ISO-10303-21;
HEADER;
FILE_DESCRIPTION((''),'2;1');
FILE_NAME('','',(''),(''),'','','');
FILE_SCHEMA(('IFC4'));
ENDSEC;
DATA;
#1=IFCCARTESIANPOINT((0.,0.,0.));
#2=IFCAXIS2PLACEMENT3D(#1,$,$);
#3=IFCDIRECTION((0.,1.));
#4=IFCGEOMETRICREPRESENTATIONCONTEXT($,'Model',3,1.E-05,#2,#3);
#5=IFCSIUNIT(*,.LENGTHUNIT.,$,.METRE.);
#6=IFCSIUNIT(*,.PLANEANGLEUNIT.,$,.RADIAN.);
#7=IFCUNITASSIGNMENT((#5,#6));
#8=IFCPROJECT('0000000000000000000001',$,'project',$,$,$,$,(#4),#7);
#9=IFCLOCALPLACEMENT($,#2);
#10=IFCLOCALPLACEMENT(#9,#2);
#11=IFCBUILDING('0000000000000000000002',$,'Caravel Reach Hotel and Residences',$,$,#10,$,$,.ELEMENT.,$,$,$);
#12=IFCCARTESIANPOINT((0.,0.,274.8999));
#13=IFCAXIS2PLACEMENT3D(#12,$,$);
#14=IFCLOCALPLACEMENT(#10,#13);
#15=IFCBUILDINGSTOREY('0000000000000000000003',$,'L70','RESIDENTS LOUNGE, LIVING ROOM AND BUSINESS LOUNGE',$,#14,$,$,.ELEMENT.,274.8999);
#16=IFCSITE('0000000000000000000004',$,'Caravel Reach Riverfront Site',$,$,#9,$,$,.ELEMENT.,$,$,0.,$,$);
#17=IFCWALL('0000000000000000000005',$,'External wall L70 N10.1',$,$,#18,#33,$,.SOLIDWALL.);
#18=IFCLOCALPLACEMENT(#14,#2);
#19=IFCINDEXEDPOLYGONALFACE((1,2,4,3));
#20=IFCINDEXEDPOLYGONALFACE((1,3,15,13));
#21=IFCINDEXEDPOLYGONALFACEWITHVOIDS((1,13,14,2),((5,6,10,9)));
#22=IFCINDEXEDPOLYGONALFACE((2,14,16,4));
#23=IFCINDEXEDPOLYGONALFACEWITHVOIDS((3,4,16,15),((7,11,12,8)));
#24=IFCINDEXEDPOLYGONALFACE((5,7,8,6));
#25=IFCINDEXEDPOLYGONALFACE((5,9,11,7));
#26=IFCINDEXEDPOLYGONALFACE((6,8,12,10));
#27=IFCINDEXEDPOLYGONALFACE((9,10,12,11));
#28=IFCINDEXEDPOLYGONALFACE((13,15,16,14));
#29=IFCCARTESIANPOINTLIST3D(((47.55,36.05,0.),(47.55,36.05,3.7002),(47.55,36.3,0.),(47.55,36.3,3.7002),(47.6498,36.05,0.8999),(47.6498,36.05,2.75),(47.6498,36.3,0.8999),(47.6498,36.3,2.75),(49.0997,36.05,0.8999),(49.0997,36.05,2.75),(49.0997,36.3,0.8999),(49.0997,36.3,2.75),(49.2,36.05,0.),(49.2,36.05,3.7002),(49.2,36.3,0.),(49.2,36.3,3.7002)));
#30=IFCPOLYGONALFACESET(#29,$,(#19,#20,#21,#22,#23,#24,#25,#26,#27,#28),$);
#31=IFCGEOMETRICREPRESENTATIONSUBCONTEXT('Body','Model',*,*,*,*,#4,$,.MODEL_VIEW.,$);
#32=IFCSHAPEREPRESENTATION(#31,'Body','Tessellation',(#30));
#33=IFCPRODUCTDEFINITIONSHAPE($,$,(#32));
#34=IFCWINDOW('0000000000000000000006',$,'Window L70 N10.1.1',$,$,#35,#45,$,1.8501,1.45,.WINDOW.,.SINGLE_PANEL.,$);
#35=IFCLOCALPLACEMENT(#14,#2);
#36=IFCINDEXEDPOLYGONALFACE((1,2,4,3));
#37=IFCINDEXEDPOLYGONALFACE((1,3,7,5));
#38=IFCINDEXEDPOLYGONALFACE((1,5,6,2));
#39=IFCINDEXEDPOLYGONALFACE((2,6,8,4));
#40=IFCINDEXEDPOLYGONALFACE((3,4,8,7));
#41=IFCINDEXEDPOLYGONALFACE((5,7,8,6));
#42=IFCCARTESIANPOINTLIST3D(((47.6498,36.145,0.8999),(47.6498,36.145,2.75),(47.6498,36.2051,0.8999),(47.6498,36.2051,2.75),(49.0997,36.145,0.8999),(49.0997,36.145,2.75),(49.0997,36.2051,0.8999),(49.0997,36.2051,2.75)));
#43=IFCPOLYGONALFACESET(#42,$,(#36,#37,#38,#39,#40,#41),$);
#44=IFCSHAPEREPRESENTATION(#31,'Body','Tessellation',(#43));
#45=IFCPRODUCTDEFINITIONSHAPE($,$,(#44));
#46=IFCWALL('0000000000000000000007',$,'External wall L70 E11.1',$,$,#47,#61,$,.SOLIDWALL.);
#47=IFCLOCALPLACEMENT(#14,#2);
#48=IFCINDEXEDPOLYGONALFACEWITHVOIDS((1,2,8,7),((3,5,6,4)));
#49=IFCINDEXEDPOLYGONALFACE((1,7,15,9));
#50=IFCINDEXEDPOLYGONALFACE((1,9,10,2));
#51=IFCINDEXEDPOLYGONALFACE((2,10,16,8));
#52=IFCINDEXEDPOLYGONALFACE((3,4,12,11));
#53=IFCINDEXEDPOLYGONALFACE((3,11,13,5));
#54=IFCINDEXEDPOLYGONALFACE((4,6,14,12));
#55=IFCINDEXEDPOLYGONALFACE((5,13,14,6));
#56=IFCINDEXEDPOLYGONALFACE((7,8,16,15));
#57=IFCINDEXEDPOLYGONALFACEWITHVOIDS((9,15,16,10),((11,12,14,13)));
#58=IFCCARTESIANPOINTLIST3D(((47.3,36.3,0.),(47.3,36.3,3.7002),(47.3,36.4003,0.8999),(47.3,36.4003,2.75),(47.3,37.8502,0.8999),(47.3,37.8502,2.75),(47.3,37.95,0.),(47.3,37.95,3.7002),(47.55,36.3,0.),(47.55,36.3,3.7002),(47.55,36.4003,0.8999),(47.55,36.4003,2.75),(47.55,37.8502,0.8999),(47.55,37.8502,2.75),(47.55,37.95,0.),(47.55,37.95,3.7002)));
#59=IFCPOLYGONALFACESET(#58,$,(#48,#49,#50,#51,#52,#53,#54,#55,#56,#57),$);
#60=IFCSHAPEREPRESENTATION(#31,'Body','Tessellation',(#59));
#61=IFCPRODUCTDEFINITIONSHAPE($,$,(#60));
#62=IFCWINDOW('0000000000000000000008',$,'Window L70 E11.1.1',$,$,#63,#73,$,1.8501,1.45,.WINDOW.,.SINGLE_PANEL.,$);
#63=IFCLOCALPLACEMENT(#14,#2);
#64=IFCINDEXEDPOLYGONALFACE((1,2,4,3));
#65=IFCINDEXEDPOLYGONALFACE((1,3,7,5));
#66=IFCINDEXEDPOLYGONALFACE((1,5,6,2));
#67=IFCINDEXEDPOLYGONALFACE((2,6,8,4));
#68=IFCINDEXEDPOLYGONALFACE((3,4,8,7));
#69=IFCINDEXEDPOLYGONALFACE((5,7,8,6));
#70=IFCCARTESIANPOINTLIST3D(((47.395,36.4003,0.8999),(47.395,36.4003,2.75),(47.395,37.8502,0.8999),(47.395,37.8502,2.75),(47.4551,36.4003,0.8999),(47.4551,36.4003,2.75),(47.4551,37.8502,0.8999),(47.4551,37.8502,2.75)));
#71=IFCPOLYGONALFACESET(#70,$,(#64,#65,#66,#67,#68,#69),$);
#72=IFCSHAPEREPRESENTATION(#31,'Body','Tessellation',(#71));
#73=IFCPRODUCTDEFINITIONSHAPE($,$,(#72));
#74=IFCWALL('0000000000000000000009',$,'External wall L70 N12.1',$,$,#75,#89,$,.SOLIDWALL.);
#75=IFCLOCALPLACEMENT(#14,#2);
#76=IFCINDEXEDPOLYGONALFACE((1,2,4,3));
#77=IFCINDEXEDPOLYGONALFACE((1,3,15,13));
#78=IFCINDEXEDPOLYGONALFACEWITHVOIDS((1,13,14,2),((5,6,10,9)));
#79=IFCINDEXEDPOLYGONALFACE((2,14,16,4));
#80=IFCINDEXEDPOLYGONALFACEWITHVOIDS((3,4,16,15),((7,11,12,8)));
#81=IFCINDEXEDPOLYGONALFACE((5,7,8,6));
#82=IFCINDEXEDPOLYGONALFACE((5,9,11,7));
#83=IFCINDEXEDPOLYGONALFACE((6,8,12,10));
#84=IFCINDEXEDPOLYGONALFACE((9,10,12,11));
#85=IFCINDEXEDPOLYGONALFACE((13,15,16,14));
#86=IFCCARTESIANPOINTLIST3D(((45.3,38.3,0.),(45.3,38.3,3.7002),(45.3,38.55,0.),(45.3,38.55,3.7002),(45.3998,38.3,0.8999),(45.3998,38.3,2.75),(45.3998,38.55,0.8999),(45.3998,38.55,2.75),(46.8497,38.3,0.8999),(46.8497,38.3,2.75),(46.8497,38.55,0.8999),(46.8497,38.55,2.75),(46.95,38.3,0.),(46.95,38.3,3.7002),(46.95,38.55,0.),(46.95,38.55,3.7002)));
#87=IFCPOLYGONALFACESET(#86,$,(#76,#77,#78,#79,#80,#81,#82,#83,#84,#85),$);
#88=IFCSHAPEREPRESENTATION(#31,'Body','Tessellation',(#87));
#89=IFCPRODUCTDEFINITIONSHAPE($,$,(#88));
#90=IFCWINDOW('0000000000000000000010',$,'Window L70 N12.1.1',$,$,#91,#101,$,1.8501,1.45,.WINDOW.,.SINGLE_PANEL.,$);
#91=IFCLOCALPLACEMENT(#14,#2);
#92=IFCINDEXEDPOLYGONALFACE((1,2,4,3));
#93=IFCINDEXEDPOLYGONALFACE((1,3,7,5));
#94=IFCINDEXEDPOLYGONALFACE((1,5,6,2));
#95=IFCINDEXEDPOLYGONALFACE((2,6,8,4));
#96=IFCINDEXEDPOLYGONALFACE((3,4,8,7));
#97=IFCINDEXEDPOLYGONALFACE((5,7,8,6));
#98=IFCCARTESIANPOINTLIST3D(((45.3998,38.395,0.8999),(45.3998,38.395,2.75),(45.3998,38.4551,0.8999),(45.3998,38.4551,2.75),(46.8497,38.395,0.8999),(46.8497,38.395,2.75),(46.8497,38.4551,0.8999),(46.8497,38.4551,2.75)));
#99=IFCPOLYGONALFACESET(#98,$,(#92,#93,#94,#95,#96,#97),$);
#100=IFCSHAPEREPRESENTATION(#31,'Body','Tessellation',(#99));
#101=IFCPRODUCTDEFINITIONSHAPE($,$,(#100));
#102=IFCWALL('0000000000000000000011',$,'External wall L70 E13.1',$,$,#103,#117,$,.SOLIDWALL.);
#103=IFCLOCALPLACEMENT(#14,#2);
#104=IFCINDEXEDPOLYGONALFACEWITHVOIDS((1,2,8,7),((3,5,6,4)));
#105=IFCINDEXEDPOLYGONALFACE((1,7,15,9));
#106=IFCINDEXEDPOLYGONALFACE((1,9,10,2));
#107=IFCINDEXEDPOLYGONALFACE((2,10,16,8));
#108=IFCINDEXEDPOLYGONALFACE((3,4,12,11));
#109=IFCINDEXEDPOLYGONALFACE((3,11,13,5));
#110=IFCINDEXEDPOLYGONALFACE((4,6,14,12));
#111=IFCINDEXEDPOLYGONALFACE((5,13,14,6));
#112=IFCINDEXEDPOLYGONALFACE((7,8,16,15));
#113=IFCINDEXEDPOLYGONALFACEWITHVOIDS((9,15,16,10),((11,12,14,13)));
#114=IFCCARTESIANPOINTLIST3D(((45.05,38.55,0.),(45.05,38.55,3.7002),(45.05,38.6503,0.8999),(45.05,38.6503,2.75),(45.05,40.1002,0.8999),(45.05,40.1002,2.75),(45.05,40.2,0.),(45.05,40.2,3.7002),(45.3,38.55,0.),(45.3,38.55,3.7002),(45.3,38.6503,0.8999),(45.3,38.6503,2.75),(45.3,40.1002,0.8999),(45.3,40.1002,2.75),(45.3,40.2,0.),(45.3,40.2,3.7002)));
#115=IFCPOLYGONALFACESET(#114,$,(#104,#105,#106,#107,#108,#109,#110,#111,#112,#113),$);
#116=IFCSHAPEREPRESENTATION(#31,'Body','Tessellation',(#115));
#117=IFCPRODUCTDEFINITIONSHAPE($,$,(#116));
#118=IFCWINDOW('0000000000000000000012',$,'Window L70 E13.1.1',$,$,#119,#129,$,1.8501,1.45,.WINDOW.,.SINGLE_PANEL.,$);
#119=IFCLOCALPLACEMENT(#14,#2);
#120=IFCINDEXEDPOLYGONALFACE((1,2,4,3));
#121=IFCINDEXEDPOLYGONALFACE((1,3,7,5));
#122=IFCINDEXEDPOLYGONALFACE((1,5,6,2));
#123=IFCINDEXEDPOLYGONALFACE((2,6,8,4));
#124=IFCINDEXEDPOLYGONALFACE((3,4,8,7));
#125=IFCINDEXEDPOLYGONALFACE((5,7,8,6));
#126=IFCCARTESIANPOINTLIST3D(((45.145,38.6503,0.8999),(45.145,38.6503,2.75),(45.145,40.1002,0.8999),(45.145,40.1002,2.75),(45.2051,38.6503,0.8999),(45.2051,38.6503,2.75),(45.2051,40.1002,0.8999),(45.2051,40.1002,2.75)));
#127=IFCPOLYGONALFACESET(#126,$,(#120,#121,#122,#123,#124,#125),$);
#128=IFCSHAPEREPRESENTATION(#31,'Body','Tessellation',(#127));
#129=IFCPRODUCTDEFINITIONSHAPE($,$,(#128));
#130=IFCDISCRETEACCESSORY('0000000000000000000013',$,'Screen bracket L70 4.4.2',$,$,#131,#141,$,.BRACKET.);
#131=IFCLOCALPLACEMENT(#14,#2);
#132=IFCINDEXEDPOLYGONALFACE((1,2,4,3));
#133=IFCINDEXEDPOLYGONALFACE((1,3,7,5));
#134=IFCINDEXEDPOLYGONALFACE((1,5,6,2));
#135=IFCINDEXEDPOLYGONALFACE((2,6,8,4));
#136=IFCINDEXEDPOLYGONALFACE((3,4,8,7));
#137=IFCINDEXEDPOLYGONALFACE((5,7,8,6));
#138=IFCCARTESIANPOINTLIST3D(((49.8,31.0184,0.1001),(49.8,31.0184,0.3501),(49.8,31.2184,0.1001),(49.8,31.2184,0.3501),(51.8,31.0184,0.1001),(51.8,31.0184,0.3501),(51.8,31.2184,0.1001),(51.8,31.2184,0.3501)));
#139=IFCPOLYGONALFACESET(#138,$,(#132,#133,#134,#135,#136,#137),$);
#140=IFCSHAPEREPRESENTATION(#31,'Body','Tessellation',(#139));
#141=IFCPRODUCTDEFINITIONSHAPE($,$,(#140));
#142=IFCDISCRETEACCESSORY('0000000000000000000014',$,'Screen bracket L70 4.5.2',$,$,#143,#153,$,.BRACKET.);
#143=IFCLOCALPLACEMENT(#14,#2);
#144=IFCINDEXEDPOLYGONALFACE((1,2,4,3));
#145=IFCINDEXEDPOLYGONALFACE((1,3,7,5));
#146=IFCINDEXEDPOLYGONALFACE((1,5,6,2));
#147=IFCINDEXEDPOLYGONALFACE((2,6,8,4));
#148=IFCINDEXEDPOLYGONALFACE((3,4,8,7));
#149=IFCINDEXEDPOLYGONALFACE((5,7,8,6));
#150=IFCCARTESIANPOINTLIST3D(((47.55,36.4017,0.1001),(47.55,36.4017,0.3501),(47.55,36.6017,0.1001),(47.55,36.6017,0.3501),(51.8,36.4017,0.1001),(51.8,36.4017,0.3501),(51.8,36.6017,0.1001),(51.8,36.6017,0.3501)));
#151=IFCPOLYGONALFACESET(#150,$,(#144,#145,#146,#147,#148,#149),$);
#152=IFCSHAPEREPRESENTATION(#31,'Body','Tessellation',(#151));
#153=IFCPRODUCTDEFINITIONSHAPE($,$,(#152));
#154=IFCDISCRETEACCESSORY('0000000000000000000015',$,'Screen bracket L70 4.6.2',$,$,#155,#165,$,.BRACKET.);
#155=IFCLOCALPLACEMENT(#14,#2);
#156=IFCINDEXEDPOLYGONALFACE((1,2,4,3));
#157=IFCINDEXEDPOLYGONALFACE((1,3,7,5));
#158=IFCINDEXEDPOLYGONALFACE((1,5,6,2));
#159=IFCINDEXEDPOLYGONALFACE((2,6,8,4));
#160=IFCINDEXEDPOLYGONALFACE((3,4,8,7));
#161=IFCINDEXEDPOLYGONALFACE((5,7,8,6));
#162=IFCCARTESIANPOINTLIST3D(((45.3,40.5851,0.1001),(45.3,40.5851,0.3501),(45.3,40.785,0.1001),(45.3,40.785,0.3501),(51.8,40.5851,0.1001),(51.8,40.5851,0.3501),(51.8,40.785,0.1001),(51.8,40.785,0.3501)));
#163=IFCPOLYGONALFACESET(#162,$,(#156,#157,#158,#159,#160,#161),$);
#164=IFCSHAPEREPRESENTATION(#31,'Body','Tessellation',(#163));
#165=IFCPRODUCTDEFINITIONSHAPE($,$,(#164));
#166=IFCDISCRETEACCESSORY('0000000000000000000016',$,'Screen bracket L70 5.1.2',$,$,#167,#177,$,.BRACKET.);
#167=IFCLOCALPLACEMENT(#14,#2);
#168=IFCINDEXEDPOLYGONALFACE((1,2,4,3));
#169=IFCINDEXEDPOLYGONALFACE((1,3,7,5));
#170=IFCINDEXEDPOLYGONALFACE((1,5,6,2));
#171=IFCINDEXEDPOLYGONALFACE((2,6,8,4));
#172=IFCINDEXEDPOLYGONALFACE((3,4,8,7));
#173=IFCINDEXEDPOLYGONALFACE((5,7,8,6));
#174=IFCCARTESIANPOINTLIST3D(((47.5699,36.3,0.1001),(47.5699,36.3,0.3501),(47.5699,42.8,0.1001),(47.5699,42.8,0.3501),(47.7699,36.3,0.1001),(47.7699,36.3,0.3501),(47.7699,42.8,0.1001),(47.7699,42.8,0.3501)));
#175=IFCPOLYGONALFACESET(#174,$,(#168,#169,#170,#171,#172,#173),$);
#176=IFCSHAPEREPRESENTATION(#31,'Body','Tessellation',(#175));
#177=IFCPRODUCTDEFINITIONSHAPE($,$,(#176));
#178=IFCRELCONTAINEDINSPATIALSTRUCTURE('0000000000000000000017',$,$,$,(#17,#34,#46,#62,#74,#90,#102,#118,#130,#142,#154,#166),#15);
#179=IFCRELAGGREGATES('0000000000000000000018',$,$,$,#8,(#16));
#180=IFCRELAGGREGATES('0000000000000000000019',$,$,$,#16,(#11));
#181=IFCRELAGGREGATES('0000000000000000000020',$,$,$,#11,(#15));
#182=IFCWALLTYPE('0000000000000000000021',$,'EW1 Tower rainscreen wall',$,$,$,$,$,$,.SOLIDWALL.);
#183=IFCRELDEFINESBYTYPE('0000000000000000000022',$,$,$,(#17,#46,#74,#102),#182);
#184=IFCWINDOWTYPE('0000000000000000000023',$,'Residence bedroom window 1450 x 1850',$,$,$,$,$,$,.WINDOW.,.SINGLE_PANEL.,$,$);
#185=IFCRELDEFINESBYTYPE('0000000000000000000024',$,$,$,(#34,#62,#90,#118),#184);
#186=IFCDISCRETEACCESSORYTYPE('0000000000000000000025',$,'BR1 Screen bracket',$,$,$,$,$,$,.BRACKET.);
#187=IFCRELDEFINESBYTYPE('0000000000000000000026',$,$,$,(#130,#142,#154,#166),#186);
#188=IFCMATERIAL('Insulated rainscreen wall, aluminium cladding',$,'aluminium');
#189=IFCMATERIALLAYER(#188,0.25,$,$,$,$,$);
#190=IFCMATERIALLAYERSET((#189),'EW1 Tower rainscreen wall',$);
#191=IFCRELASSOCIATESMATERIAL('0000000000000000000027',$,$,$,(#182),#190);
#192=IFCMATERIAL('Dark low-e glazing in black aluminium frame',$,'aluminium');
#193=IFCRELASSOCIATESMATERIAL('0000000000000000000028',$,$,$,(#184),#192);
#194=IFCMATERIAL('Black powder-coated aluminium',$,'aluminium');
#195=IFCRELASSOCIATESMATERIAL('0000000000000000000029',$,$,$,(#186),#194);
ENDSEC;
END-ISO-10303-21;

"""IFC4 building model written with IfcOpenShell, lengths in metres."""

from ifc_helpers import new_model, si_unit, direction, frame, frame_2d, origin, origin_2d, place, context, subcontext, project, spatial, rectangle, extrude, material, layer, layer_set, type_object, element, fill, save


model = new_model("IFC4")

# Units and contexts
model_context = context("Model", 3, precision=1e-05, world=origin(), true_north=direction((0.0, 1.0)))
body_context = subcontext(model_context, "Body", "Model", "MODEL_VIEW")
ifc_project = project(units=[si_unit("LENGTHUNIT", "METRE"), si_unit("PLANEANGLEUNIT", "RADIAN")], contexts=[model_context])

# Site, building, storey
site_placement = place(None, origin())
site = spatial("IfcSite", under=ifc_project, at=site_placement, Name="Caravel Reach Riverfront Site", CompositionType="ELEMENT", RefElevation=0.0)
building_placement = place(site_placement, origin())
building = spatial("IfcBuilding", under=site, at=building_placement, Name="Caravel Reach Hotel and Residences", CompositionType="ELEMENT")
storey_placement = place(building_placement, frame((0.0, 0.0, 274.8999)))
storey = spatial("IfcBuildingStorey", under=building, at=storey_placement, Name="L70", Description="RESIDENTS LOUNGE, LIVING ROOM AND BUSINESS LOUNGE", CompositionType="ELEMENT", Elevation=274.8999)

# Walls, openings, windows
ifc_material_1 = material(Name="Insulated rainscreen wall, aluminium cladding", Category="aluminium")
ifc_layer = layer(ifc_material_1, 0.25)
ifc_layer_set = layer_set([ifc_layer], Name="EW1 Tower rainscreen wall")
wall_type = type_object("IfcWallType", Name="EW1 Tower rainscreen wall", PredefinedType="SOLIDWALL", material=ifc_layer_set)
wall_1_placement = place(storey_placement, frame((49.2, 36.175, 0.0), z_axis=(0.0, 0.0, 1.0), x_axis=(-1.0, 0.0, 0.0)))
wall_1 = element("IfcWall", 1, at=wall_1_placement, inside=storey, type_object=wall_type, Name="External wall L70 N10.1", PredefinedType="SOLIDWALL", context=body_context, shape_type="SweptSolid", body=[
    extrude(rectangle(XDim=1.6499, YDim=0.25, at=frame_2d((0.825, 0.0))), origin(), (0.0, 0.0, 1.0), 3.7002),
])
opening_1_placement = place(wall_1_placement, frame((0.1001, 0.0, 0.8999)))
opening_1 = element("IfcOpeningElement", 2, at=opening_1_placement, cuts=wall_1, PredefinedType="OPENING", context=body_context, shape_type="SweptSolid", body=[
    extrude(rectangle(XDim=1.45, YDim=1.8501, at=frame_2d((0.7251, 0.925))), frame((0.0, 0.135, 0.0), z_axis=(0.0, -1.0, 0.0), x_axis=(1.0, 0.0, 0.0)), (0.0, 0.0, 1.0), 0.27),
])
ifc_material_2 = material(Name="Dark low-e glazing in black aluminium frame", Category="aluminium")
window_type = type_object("IfcWindowType", Name="Residence bedroom window 1450 x 1850", PartitioningType="SINGLE_PANEL", PredefinedType="WINDOW", material=ifc_material_2)
window_1_placement = place(opening_1_placement, origin())
window_1 = element("IfcWindow", 3, at=window_1_placement, inside=storey, type_object=window_type, Name="Window L70 N10.1.1", OverallHeight=1.8501, OverallWidth=1.45, PartitioningType="SINGLE_PANEL", PredefinedType="WINDOW", context=body_context, shape_type="SweptSolid", body=[
    extrude(rectangle(XDim=1.45, YDim=1.8501, at=frame_2d((0.7251, 0.925))), frame((0.0, 0.03, 0.0), z_axis=(0.0, -1.0, 0.0), x_axis=(1.0, 0.0, 0.0)), (0.0, 0.0, 1.0), 0.0601),
])
fill(opening_1, window_1)
wall_2_placement = place(storey_placement, frame((47.425, 36.3, 0.0), z_axis=(0.0, 0.0, 1.0), x_axis=(0.0, 1.0, 0.0)))
wall_2 = element("IfcWall", 4, at=wall_2_placement, inside=storey, type_object=wall_type, Name="External wall L70 E11.1", PredefinedType="SOLIDWALL", context=body_context, shape_type="SweptSolid", body=[
    extrude(rectangle(XDim=1.6499, YDim=0.25, at=frame_2d((0.825, 0.0))), origin(), (0.0, 0.0, 1.0), 3.7002),
])
opening_2_placement = place(wall_2_placement, frame((0.1001, 0.0, 0.8999)))
opening_2 = element("IfcOpeningElement", 5, at=opening_2_placement, cuts=wall_2, PredefinedType="OPENING", context=body_context, shape_type="SweptSolid", body=[
    extrude(rectangle(XDim=1.45, YDim=1.8501, at=frame_2d((0.7251, 0.925))), frame((0.0, 0.135, 0.0), z_axis=(0.0, -1.0, 0.0), x_axis=(1.0, 0.0, 0.0)), (0.0, 0.0, 1.0), 0.27),
])
window_2_placement = place(opening_2_placement, origin())
window_2 = element("IfcWindow", 6, at=window_2_placement, inside=storey, type_object=window_type, Name="Window L70 E11.1.1", OverallHeight=1.8501, OverallWidth=1.45, PartitioningType="SINGLE_PANEL", PredefinedType="WINDOW", context=body_context, shape_type="SweptSolid", body=[
    extrude(rectangle(XDim=1.45, YDim=1.8501, at=frame_2d((0.7251, 0.925))), frame((0.0, 0.03, 0.0), z_axis=(0.0, -1.0, 0.0), x_axis=(1.0, 0.0, 0.0)), (0.0, 0.0, 1.0), 0.0601),
])
fill(opening_2, window_2)
wall_3_placement = place(storey_placement, frame((46.95, 38.425, 0.0), z_axis=(0.0, 0.0, 1.0), x_axis=(-1.0, 0.0, 0.0)))
wall_3 = element("IfcWall", 7, at=wall_3_placement, inside=storey, type_object=wall_type, Name="External wall L70 N12.1", PredefinedType="SOLIDWALL", context=body_context, shape_type="SweptSolid", body=[
    extrude(rectangle(XDim=1.6499, YDim=0.25, at=frame_2d((0.825, 0.0))), origin(), (0.0, 0.0, 1.0), 3.7002),
])
opening_3_placement = place(wall_3_placement, frame((0.1001, 0.0, 0.8999)))
opening_3 = element("IfcOpeningElement", 8, at=opening_3_placement, cuts=wall_3, PredefinedType="OPENING", context=body_context, shape_type="SweptSolid", body=[
    extrude(rectangle(XDim=1.45, YDim=1.8501, at=frame_2d((0.7251, 0.925))), frame((0.0, 0.135, 0.0), z_axis=(0.0, -1.0, 0.0), x_axis=(1.0, 0.0, 0.0)), (0.0, 0.0, 1.0), 0.27),
])
window_3_placement = place(opening_3_placement, origin())
window_3 = element("IfcWindow", 9, at=window_3_placement, inside=storey, type_object=window_type, Name="Window L70 N12.1.1", OverallHeight=1.8501, OverallWidth=1.45, PartitioningType="SINGLE_PANEL", PredefinedType="WINDOW", context=body_context, shape_type="SweptSolid", body=[
    extrude(rectangle(XDim=1.45, YDim=1.8501, at=frame_2d((0.7251, 0.925))), frame((0.0, 0.03, 0.0), z_axis=(0.0, -1.0, 0.0), x_axis=(1.0, 0.0, 0.0)), (0.0, 0.0, 1.0), 0.0601),
])
fill(opening_3, window_3)
wall_4_placement = place(storey_placement, frame((45.175, 38.55, 0.0), z_axis=(0.0, 0.0, 1.0), x_axis=(0.0, 1.0, 0.0)))
wall_4 = element("IfcWall", 10, at=wall_4_placement, inside=storey, type_object=wall_type, Name="External wall L70 E13.1", PredefinedType="SOLIDWALL", context=body_context, shape_type="SweptSolid", body=[
    extrude(rectangle(XDim=1.6499, YDim=0.25, at=frame_2d((0.825, 0.0))), origin(), (0.0, 0.0, 1.0), 3.7002),
])
opening_4_placement = place(wall_4_placement, frame((0.1001, 0.0, 0.8999)))
opening_4 = element("IfcOpeningElement", 11, at=opening_4_placement, cuts=wall_4, PredefinedType="OPENING", context=body_context, shape_type="SweptSolid", body=[
    extrude(rectangle(XDim=1.45, YDim=1.8501, at=frame_2d((0.7251, 0.925))), frame((0.0, 0.135, 0.0), z_axis=(0.0, -1.0, 0.0), x_axis=(1.0, 0.0, 0.0)), (0.0, 0.0, 1.0), 0.27),
])
window_4_placement = place(opening_4_placement, origin())
window_4 = element("IfcWindow", 12, at=window_4_placement, inside=storey, type_object=window_type, Name="Window L70 E13.1.1", OverallHeight=1.8501, OverallWidth=1.45, PartitioningType="SINGLE_PANEL", PredefinedType="WINDOW", context=body_context, shape_type="SweptSolid", body=[
    extrude(rectangle(XDim=1.45, YDim=1.8501, at=frame_2d((0.7251, 0.925))), frame((0.0, 0.03, 0.0), z_axis=(0.0, -1.0, 0.0), x_axis=(1.0, 0.0, 0.0)), (0.0, 0.0, 1.0), 0.0601),
])
fill(opening_4, window_4)

# Discrete accessories
ifc_material_3 = material(Name="Black powder-coated aluminium", Category="aluminium")
discrete_accessory_type = type_object("IfcDiscreteAccessoryType", Name="BR1 Screen bracket", PredefinedType="BRACKET", material=ifc_material_3)
discrete_accessory_1_placement = place(storey_placement, frame((50.8, 31.1184, 0.1001), z_axis=(0.0, 0.0, 1.0), x_axis=(1.0, 0.0, 0.0)))
element("IfcDiscreteAccessory", 13, at=discrete_accessory_1_placement, inside=storey, type_object=discrete_accessory_type, Name="Screen bracket L70 4.4.2", PredefinedType="BRACKET", context=body_context, shape_type="SweptSolid", body=[
    extrude(rectangle(XDim=2.0, YDim=0.2, at=origin_2d()), origin(), (0.0, 0.0, 1.0), 0.25),
])
discrete_accessory_2_placement = place(storey_placement, frame((49.675, 36.5017, 0.1001), z_axis=(0.0, 0.0, 1.0), x_axis=(1.0, 0.0, 0.0)))
element("IfcDiscreteAccessory", 14, at=discrete_accessory_2_placement, inside=storey, type_object=discrete_accessory_type, Name="Screen bracket L70 4.5.2", PredefinedType="BRACKET", context=body_context, shape_type="SweptSolid", body=[
    extrude(rectangle(XDim=4.25, YDim=0.2, at=origin_2d()), origin(), (0.0, 0.0, 1.0), 0.25),
])
for number, where, z_axis, x_axis, name in (
    (15, (48.55, 40.6851, 0.1001), (0.0, 0.0, 1.0), (1.0, 0.0, 0.0), "Screen bracket L70 4.6.2"),
    (16, (47.6699, 39.55, 0.1001), (0.0, 0.0, 1.0), (0.0, 1.0, 0.0), "Screen bracket L70 5.1.2"),
):
    element("IfcDiscreteAccessory", number, at=place(storey_placement, frame(where, z_axis=z_axis, x_axis=x_axis)), inside=storey, type_object=discrete_accessory_type, Name=name, PredefinedType="BRACKET", context=body_context, shape_type="SweptSolid", body=[
        extrude(rectangle(XDim=6.5, YDim=0.2, at=origin_2d()), origin(), (0.0, 0.0, 1.0), 0.25),
    ])

save(model, "model.ifc")
